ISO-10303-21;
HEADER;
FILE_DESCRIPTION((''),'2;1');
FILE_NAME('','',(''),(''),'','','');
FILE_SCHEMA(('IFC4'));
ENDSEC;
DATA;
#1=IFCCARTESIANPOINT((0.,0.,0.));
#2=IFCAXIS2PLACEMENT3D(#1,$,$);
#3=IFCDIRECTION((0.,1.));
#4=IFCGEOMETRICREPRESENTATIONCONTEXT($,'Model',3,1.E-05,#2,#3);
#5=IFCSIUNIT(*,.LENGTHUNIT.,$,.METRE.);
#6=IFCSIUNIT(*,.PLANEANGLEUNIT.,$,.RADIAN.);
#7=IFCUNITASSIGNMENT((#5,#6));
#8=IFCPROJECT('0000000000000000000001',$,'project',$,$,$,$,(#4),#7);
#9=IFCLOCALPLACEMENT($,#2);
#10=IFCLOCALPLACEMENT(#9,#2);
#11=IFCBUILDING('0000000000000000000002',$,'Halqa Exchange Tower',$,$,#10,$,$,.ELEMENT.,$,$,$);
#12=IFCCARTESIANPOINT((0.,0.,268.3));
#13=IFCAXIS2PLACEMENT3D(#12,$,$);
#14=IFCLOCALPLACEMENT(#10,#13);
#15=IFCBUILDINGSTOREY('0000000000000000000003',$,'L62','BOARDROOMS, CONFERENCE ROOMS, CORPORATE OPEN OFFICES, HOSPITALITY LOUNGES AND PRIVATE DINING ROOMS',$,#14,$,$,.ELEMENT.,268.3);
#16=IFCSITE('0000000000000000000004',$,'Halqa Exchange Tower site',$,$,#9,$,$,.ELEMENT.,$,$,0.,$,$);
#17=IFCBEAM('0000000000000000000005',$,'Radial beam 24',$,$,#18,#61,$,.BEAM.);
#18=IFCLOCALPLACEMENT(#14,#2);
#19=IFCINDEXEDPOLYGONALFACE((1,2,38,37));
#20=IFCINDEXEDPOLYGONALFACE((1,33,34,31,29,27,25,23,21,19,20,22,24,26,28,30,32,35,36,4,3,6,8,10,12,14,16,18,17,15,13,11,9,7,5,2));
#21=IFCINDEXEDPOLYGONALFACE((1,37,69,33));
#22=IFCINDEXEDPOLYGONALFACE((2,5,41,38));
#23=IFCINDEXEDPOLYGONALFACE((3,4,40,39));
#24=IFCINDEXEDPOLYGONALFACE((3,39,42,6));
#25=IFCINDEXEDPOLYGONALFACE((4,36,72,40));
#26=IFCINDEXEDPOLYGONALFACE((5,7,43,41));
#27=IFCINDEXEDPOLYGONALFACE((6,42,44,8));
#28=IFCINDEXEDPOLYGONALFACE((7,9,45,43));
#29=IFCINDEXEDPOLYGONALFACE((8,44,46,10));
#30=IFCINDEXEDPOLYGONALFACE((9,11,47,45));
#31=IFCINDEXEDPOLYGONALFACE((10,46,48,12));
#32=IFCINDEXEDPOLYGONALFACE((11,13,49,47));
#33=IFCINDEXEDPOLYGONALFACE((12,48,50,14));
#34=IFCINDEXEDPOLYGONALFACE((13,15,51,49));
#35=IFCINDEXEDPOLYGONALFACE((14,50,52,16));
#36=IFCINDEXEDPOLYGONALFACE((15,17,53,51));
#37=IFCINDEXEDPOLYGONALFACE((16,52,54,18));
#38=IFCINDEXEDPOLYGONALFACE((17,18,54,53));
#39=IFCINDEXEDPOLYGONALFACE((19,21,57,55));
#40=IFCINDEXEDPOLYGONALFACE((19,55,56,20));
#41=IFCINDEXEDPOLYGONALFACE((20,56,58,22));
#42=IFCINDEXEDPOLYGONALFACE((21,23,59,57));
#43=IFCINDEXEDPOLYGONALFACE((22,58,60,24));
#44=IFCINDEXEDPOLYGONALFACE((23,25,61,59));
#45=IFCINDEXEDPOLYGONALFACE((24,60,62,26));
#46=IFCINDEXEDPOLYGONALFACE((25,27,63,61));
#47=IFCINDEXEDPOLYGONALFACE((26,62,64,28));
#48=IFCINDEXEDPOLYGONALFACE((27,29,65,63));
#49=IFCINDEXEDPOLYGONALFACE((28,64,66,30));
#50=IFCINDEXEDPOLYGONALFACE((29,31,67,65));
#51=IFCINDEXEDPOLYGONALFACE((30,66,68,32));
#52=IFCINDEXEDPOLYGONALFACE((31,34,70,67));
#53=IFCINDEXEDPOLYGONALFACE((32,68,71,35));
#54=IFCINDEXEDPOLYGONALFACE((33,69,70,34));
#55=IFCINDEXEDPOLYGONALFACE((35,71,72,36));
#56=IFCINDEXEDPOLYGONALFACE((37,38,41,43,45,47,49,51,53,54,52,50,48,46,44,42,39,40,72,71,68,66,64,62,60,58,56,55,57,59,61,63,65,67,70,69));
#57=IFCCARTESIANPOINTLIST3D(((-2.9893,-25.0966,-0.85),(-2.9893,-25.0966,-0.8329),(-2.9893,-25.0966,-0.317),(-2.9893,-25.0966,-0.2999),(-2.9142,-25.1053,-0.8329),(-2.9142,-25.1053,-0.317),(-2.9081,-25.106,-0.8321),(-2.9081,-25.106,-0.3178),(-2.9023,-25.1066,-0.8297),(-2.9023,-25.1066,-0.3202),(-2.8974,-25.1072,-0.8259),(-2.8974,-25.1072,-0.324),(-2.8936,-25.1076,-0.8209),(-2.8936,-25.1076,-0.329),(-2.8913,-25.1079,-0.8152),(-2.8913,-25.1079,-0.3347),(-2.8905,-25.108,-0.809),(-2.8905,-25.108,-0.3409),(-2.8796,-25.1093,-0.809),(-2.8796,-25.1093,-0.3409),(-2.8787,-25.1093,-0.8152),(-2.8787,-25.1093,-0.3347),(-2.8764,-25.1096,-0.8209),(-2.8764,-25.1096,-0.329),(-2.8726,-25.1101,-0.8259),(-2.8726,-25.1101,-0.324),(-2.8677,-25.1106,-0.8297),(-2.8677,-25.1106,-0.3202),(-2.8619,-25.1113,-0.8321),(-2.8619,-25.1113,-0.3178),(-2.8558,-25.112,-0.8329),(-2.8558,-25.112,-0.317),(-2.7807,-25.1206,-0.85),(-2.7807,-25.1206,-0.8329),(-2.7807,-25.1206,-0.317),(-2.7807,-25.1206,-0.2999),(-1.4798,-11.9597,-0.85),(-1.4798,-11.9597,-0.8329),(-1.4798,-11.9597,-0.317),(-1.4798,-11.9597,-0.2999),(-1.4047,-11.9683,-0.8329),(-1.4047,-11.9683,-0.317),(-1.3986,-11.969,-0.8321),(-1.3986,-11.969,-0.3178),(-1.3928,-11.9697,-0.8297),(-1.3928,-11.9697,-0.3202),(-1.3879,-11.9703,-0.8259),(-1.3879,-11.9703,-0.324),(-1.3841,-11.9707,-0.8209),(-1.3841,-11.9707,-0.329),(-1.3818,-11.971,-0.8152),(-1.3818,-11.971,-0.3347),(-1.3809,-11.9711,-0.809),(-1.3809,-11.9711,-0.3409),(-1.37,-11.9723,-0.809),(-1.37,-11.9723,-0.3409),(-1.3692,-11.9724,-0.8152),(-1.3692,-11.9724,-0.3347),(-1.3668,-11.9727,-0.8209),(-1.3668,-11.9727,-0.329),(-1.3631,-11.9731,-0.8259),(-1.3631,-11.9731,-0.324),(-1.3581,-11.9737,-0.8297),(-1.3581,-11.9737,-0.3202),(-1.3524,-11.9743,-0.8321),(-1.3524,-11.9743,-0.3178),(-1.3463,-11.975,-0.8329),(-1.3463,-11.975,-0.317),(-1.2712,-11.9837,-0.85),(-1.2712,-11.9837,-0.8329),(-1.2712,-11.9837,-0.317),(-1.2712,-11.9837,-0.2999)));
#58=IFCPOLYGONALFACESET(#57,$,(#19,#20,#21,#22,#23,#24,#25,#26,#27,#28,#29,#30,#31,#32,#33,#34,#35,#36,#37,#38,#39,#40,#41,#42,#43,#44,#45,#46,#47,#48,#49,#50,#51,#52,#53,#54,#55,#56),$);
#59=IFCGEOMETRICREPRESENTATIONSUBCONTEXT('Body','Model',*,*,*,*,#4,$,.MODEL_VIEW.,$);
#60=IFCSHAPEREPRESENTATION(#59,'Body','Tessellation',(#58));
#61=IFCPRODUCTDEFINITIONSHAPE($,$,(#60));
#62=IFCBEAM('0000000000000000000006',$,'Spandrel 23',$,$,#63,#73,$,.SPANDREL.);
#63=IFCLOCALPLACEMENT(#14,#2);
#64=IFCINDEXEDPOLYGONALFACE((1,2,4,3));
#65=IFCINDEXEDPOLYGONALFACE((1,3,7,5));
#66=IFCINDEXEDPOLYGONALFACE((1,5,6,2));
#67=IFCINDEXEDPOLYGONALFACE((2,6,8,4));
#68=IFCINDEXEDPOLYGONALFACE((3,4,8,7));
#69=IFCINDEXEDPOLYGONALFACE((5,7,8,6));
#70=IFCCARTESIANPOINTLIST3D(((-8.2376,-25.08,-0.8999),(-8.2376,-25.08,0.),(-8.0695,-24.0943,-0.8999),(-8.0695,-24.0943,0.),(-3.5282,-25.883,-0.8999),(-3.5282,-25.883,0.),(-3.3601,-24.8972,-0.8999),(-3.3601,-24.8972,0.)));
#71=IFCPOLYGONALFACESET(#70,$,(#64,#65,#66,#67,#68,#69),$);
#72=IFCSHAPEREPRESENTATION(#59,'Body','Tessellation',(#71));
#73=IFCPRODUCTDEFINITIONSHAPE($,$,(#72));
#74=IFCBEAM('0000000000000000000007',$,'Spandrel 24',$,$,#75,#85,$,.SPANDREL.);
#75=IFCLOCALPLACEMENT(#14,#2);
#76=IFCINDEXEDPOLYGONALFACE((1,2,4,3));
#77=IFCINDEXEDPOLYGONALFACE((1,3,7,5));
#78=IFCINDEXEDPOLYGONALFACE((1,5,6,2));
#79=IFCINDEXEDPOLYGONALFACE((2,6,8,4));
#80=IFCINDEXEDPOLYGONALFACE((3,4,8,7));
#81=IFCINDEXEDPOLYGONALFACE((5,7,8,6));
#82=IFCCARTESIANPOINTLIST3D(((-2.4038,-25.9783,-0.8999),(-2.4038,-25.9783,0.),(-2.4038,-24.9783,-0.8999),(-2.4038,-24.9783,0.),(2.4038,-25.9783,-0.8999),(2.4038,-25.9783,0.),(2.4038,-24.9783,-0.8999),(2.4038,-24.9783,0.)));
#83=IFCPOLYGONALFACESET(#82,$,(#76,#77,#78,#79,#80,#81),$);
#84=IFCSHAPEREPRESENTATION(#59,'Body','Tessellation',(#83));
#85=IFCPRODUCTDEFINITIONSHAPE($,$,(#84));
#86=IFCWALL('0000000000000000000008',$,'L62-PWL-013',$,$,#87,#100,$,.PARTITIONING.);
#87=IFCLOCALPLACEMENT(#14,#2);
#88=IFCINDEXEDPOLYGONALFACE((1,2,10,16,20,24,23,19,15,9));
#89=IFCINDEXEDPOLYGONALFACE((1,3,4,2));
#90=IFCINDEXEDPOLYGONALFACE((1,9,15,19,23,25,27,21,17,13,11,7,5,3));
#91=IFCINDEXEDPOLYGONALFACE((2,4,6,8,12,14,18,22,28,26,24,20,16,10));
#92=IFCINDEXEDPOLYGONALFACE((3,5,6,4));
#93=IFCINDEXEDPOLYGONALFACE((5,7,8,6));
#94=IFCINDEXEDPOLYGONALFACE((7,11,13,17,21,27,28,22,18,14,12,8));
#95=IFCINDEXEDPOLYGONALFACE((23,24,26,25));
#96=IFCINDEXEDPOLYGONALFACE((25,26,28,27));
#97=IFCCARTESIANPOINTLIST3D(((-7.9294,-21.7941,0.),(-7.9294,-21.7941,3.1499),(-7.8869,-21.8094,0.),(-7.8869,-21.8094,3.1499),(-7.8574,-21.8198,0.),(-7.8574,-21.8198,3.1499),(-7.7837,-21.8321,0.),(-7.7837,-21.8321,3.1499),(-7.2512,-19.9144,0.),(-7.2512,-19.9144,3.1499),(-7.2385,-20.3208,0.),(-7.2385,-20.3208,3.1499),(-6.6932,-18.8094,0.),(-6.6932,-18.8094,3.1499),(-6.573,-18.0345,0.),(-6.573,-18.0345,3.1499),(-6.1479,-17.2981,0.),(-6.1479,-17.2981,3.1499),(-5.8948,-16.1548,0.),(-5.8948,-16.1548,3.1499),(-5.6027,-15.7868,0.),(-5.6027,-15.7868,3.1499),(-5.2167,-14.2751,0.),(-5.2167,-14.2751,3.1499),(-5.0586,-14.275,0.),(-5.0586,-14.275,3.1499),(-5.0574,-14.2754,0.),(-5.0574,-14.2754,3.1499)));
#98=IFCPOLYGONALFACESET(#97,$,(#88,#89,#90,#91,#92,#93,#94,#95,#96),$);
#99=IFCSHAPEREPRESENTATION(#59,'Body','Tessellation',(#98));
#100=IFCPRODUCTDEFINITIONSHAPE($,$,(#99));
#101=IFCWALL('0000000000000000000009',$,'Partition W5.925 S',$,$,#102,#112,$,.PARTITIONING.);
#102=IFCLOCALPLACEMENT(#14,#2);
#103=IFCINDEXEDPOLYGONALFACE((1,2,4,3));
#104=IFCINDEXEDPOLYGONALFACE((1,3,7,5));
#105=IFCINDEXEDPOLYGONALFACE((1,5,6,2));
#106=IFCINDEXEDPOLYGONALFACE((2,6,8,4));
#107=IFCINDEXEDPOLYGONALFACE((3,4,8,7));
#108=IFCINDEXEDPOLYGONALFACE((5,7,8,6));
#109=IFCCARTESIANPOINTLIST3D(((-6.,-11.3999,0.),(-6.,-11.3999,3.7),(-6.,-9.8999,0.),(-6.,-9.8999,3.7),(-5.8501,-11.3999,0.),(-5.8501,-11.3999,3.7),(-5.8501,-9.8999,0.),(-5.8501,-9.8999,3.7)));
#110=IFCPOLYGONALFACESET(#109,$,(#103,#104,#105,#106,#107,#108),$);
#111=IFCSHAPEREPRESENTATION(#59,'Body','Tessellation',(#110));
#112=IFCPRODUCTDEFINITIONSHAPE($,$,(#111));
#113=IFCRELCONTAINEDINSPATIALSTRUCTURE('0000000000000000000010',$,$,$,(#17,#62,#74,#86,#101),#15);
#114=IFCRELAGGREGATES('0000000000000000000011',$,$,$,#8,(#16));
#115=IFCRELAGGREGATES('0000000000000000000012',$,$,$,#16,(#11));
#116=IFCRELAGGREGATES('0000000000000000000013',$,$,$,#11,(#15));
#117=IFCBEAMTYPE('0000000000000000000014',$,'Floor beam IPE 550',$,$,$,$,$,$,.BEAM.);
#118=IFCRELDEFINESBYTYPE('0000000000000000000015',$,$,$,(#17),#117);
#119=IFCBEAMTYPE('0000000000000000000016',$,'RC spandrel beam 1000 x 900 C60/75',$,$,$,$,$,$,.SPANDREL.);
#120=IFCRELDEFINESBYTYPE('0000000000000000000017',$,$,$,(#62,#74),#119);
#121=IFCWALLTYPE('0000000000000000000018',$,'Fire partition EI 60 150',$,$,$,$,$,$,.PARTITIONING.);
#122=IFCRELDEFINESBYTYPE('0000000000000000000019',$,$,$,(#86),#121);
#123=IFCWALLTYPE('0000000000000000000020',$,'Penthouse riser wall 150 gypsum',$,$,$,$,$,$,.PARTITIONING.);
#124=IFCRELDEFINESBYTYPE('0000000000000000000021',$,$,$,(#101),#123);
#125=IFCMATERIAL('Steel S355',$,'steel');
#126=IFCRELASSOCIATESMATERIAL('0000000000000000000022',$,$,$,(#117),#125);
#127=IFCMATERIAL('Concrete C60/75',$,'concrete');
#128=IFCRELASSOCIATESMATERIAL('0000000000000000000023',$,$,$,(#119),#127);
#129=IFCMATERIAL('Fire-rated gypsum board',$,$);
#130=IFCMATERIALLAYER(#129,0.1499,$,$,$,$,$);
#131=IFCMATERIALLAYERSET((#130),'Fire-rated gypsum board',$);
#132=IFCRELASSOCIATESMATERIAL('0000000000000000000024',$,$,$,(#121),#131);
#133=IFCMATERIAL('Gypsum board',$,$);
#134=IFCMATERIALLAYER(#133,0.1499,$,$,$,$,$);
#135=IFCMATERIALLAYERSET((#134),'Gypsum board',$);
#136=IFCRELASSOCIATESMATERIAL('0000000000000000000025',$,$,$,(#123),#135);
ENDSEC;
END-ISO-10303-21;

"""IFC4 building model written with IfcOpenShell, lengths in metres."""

from ifc_helpers import new_model, si_unit, direction, frame, frame_2d, origin, origin_2d, place, context, subcontext, project, spatial, polyline, rectangle, i_section, outline, extrude, material, layer, layer_set, material_profile, profile_set, type_object, element, save


model = new_model("IFC4")

# Units and contexts
model_context = context("Model", 3, precision=1e-05, world=origin(), true_north=direction((0.0, 1.0)))
body_context = subcontext(model_context, "Body", "Model", "MODEL_VIEW")
ifc_project = project(units=[si_unit("LENGTHUNIT", "METRE"), si_unit("PLANEANGLEUNIT", "RADIAN")], contexts=[model_context])

# Site, building, storey
site_placement = place(None, origin())
site = spatial("IfcSite", under=ifc_project, at=site_placement, Name="Halqa Exchange Tower site", CompositionType="ELEMENT", RefElevation=0.0)
building_placement = place(site_placement, origin())
building = spatial("IfcBuilding", under=site, at=building_placement, Name="Halqa Exchange Tower", CompositionType="ELEMENT")
storey_placement = place(building_placement, frame((0.0, 0.0, 268.3)))
storey = spatial("IfcBuildingStorey", under=building, at=storey_placement, Name="L62", Description="BOARDROOMS, CONFERENCE ROOMS, CORPORATE OPEN OFFICES, HOSPITALITY LOUNGES AND PRIVATE DINING ROOMS", CompositionType="ELEMENT", Elevation=268.3)

# Shared definitions
ifc_material_1 = material(Name="Concrete C60/75", Category="concrete")

# Beams
ifc_material_2 = material(Name="Steel S355", Category="steel")
ifc_material_profile_1 = material_profile(ifc_material_2, i_section(OverallWidth=0.21, OverallDepth=0.55, WebThickness=0.011, FlangeThickness=0.0171, FilletRadius=0.0239, at=origin_2d()), Name="IPE 550")
ifc_profile_set_1 = profile_set([ifc_material_profile_1], Name="Steel S355")
beam_type_1 = type_object("IfcBeamType", Name="Floor beam IPE 550", PredefinedType="BEAM", material=ifc_profile_set_1)
beam_1_placement = place(storey_placement, frame((-1.3755, -11.9717, -0.575), z_axis=(-0.114155, -0.993463, 0.0), x_axis=(0.993463, -0.114155, 0.0)))
element("IfcBeam", 1, at=beam_1_placement, inside=storey, type_object=beam_type_1, Name="Radial beam 24", PredefinedType="BEAM", context=body_context, shape_type="SweptSolid", body=[
    extrude(i_section(OverallWidth=0.21, OverallDepth=0.55, WebThickness=0.011, FlangeThickness=0.0171, FilletRadius=0.0239, at=origin_2d()), origin(), (0.0, 0.0, 1.0), 13.2234),
])
ifc_material_profile_2 = material_profile(ifc_material_1, rectangle(XDim=1.0, YDim=0.8999, at=origin_2d()), Name="1000 x 900")
ifc_profile_set_2 = profile_set([ifc_material_profile_2], Name="Concrete C60/75")
beam_type_2 = type_object("IfcBeamType", Name="RC spandrel beam 1000 x 900 C60/75", PredefinedType="SPANDREL", material=ifc_profile_set_2)
beam_2_placement = place(storey_placement, frame((-8.1536, -24.5872, -0.45), z_axis=(0.985774, -0.168077, 0.0), x_axis=(0.168077, 0.985774, 0.0)))
element("IfcBeam", 2, at=beam_2_placement, inside=storey, type_object=beam_type_2, Name="Spandrel 23", PredefinedType="SPANDREL", context=body_context, shape_type="SweptSolid", body=[
    extrude(rectangle(XDim=1.0, YDim=0.8999, at=origin_2d()), origin(), (0.0, 0.0, 1.0), 4.7773),
])
beam_3_placement = place(storey_placement, frame((-2.4038, -25.4783, -0.45), z_axis=(1.0, 0.0, 0.0), x_axis=(0.0, 1.0, 0.0)))
element("IfcBeam", 3, at=beam_3_placement, inside=storey, type_object=beam_type_2, Name="Spandrel 24", PredefinedType="SPANDREL", context=body_context, shape_type="SweptSolid", body=[
    extrude(rectangle(XDim=1.0, YDim=0.8999, at=origin_2d()), origin(), (0.0, 0.0, 1.0), 4.8076),
])

# Walls
ifc_material_3 = material(Name="Fire-rated gypsum board")
ifc_layer_1 = layer(ifc_material_3, 0.1499)
ifc_layer_set_1 = layer_set([ifc_layer_1], Name="Fire-rated gypsum board")
wall_type_1 = type_object("IfcWallType", Name="Fire partition EI 60 150", PredefinedType="PARTITIONING", material=ifc_layer_set_1)
wall_1_placement = place(storey_placement, frame((-5.1279, -14.25, 0.0), z_axis=(0.0, 0.0, 1.0), x_axis=(-0.339369, -0.940653, 0.0)))
element("IfcWall", 4, at=wall_1_placement, inside=storey, type_object=wall_type_1, Name="L62-PWL-013", PredefinedType="PARTITIONING", context=body_context, shape_type="SweptSolid", body=[
    extrude(outline(polyline([(8.0471, -0.075), (8.0471, -0.0298), (8.0469, 0.0015), (8.0334, 0.075), (6.4268, 0.075), (4.8201, 0.075), (3.2134, 0.075), (1.6067, 0.075), (0.0, 0.075), (0.0, 0.0737), (0.0537, -0.075), (2.052, -0.075), (4.0503, -0.075), (6.0488, -0.075), (8.0471, -0.075)])), origin(), (0.0, 0.0, 1.0), 3.1499),
])
ifc_material_4 = material(Name="Gypsum board")
ifc_layer_2 = layer(ifc_material_4, 0.1499)
ifc_layer_set_2 = layer_set([ifc_layer_2], Name="Gypsum board")
wall_type_2 = type_object("IfcWallType", Name="Penthouse riser wall 150 gypsum", PredefinedType="PARTITIONING", material=ifc_layer_set_2)
wall_2_placement = place(storey_placement, frame((-5.925, -11.3999, 0.0), z_axis=(0.0, 0.0, 1.0), x_axis=(0.0, 1.0, 0.0)))
element("IfcWall", 5, at=wall_2_placement, inside=storey, type_object=wall_type_2, Name="Partition W5.925 S", PredefinedType="PARTITIONING", context=body_context, shape_type="SweptSolid", body=[
    extrude(rectangle(XDim=1.5, YDim=0.1499, at=frame_2d((0.75, 0.0))), origin(), (0.0, 0.0, 1.0), 3.7),
])

save(model, "model.ifc")
